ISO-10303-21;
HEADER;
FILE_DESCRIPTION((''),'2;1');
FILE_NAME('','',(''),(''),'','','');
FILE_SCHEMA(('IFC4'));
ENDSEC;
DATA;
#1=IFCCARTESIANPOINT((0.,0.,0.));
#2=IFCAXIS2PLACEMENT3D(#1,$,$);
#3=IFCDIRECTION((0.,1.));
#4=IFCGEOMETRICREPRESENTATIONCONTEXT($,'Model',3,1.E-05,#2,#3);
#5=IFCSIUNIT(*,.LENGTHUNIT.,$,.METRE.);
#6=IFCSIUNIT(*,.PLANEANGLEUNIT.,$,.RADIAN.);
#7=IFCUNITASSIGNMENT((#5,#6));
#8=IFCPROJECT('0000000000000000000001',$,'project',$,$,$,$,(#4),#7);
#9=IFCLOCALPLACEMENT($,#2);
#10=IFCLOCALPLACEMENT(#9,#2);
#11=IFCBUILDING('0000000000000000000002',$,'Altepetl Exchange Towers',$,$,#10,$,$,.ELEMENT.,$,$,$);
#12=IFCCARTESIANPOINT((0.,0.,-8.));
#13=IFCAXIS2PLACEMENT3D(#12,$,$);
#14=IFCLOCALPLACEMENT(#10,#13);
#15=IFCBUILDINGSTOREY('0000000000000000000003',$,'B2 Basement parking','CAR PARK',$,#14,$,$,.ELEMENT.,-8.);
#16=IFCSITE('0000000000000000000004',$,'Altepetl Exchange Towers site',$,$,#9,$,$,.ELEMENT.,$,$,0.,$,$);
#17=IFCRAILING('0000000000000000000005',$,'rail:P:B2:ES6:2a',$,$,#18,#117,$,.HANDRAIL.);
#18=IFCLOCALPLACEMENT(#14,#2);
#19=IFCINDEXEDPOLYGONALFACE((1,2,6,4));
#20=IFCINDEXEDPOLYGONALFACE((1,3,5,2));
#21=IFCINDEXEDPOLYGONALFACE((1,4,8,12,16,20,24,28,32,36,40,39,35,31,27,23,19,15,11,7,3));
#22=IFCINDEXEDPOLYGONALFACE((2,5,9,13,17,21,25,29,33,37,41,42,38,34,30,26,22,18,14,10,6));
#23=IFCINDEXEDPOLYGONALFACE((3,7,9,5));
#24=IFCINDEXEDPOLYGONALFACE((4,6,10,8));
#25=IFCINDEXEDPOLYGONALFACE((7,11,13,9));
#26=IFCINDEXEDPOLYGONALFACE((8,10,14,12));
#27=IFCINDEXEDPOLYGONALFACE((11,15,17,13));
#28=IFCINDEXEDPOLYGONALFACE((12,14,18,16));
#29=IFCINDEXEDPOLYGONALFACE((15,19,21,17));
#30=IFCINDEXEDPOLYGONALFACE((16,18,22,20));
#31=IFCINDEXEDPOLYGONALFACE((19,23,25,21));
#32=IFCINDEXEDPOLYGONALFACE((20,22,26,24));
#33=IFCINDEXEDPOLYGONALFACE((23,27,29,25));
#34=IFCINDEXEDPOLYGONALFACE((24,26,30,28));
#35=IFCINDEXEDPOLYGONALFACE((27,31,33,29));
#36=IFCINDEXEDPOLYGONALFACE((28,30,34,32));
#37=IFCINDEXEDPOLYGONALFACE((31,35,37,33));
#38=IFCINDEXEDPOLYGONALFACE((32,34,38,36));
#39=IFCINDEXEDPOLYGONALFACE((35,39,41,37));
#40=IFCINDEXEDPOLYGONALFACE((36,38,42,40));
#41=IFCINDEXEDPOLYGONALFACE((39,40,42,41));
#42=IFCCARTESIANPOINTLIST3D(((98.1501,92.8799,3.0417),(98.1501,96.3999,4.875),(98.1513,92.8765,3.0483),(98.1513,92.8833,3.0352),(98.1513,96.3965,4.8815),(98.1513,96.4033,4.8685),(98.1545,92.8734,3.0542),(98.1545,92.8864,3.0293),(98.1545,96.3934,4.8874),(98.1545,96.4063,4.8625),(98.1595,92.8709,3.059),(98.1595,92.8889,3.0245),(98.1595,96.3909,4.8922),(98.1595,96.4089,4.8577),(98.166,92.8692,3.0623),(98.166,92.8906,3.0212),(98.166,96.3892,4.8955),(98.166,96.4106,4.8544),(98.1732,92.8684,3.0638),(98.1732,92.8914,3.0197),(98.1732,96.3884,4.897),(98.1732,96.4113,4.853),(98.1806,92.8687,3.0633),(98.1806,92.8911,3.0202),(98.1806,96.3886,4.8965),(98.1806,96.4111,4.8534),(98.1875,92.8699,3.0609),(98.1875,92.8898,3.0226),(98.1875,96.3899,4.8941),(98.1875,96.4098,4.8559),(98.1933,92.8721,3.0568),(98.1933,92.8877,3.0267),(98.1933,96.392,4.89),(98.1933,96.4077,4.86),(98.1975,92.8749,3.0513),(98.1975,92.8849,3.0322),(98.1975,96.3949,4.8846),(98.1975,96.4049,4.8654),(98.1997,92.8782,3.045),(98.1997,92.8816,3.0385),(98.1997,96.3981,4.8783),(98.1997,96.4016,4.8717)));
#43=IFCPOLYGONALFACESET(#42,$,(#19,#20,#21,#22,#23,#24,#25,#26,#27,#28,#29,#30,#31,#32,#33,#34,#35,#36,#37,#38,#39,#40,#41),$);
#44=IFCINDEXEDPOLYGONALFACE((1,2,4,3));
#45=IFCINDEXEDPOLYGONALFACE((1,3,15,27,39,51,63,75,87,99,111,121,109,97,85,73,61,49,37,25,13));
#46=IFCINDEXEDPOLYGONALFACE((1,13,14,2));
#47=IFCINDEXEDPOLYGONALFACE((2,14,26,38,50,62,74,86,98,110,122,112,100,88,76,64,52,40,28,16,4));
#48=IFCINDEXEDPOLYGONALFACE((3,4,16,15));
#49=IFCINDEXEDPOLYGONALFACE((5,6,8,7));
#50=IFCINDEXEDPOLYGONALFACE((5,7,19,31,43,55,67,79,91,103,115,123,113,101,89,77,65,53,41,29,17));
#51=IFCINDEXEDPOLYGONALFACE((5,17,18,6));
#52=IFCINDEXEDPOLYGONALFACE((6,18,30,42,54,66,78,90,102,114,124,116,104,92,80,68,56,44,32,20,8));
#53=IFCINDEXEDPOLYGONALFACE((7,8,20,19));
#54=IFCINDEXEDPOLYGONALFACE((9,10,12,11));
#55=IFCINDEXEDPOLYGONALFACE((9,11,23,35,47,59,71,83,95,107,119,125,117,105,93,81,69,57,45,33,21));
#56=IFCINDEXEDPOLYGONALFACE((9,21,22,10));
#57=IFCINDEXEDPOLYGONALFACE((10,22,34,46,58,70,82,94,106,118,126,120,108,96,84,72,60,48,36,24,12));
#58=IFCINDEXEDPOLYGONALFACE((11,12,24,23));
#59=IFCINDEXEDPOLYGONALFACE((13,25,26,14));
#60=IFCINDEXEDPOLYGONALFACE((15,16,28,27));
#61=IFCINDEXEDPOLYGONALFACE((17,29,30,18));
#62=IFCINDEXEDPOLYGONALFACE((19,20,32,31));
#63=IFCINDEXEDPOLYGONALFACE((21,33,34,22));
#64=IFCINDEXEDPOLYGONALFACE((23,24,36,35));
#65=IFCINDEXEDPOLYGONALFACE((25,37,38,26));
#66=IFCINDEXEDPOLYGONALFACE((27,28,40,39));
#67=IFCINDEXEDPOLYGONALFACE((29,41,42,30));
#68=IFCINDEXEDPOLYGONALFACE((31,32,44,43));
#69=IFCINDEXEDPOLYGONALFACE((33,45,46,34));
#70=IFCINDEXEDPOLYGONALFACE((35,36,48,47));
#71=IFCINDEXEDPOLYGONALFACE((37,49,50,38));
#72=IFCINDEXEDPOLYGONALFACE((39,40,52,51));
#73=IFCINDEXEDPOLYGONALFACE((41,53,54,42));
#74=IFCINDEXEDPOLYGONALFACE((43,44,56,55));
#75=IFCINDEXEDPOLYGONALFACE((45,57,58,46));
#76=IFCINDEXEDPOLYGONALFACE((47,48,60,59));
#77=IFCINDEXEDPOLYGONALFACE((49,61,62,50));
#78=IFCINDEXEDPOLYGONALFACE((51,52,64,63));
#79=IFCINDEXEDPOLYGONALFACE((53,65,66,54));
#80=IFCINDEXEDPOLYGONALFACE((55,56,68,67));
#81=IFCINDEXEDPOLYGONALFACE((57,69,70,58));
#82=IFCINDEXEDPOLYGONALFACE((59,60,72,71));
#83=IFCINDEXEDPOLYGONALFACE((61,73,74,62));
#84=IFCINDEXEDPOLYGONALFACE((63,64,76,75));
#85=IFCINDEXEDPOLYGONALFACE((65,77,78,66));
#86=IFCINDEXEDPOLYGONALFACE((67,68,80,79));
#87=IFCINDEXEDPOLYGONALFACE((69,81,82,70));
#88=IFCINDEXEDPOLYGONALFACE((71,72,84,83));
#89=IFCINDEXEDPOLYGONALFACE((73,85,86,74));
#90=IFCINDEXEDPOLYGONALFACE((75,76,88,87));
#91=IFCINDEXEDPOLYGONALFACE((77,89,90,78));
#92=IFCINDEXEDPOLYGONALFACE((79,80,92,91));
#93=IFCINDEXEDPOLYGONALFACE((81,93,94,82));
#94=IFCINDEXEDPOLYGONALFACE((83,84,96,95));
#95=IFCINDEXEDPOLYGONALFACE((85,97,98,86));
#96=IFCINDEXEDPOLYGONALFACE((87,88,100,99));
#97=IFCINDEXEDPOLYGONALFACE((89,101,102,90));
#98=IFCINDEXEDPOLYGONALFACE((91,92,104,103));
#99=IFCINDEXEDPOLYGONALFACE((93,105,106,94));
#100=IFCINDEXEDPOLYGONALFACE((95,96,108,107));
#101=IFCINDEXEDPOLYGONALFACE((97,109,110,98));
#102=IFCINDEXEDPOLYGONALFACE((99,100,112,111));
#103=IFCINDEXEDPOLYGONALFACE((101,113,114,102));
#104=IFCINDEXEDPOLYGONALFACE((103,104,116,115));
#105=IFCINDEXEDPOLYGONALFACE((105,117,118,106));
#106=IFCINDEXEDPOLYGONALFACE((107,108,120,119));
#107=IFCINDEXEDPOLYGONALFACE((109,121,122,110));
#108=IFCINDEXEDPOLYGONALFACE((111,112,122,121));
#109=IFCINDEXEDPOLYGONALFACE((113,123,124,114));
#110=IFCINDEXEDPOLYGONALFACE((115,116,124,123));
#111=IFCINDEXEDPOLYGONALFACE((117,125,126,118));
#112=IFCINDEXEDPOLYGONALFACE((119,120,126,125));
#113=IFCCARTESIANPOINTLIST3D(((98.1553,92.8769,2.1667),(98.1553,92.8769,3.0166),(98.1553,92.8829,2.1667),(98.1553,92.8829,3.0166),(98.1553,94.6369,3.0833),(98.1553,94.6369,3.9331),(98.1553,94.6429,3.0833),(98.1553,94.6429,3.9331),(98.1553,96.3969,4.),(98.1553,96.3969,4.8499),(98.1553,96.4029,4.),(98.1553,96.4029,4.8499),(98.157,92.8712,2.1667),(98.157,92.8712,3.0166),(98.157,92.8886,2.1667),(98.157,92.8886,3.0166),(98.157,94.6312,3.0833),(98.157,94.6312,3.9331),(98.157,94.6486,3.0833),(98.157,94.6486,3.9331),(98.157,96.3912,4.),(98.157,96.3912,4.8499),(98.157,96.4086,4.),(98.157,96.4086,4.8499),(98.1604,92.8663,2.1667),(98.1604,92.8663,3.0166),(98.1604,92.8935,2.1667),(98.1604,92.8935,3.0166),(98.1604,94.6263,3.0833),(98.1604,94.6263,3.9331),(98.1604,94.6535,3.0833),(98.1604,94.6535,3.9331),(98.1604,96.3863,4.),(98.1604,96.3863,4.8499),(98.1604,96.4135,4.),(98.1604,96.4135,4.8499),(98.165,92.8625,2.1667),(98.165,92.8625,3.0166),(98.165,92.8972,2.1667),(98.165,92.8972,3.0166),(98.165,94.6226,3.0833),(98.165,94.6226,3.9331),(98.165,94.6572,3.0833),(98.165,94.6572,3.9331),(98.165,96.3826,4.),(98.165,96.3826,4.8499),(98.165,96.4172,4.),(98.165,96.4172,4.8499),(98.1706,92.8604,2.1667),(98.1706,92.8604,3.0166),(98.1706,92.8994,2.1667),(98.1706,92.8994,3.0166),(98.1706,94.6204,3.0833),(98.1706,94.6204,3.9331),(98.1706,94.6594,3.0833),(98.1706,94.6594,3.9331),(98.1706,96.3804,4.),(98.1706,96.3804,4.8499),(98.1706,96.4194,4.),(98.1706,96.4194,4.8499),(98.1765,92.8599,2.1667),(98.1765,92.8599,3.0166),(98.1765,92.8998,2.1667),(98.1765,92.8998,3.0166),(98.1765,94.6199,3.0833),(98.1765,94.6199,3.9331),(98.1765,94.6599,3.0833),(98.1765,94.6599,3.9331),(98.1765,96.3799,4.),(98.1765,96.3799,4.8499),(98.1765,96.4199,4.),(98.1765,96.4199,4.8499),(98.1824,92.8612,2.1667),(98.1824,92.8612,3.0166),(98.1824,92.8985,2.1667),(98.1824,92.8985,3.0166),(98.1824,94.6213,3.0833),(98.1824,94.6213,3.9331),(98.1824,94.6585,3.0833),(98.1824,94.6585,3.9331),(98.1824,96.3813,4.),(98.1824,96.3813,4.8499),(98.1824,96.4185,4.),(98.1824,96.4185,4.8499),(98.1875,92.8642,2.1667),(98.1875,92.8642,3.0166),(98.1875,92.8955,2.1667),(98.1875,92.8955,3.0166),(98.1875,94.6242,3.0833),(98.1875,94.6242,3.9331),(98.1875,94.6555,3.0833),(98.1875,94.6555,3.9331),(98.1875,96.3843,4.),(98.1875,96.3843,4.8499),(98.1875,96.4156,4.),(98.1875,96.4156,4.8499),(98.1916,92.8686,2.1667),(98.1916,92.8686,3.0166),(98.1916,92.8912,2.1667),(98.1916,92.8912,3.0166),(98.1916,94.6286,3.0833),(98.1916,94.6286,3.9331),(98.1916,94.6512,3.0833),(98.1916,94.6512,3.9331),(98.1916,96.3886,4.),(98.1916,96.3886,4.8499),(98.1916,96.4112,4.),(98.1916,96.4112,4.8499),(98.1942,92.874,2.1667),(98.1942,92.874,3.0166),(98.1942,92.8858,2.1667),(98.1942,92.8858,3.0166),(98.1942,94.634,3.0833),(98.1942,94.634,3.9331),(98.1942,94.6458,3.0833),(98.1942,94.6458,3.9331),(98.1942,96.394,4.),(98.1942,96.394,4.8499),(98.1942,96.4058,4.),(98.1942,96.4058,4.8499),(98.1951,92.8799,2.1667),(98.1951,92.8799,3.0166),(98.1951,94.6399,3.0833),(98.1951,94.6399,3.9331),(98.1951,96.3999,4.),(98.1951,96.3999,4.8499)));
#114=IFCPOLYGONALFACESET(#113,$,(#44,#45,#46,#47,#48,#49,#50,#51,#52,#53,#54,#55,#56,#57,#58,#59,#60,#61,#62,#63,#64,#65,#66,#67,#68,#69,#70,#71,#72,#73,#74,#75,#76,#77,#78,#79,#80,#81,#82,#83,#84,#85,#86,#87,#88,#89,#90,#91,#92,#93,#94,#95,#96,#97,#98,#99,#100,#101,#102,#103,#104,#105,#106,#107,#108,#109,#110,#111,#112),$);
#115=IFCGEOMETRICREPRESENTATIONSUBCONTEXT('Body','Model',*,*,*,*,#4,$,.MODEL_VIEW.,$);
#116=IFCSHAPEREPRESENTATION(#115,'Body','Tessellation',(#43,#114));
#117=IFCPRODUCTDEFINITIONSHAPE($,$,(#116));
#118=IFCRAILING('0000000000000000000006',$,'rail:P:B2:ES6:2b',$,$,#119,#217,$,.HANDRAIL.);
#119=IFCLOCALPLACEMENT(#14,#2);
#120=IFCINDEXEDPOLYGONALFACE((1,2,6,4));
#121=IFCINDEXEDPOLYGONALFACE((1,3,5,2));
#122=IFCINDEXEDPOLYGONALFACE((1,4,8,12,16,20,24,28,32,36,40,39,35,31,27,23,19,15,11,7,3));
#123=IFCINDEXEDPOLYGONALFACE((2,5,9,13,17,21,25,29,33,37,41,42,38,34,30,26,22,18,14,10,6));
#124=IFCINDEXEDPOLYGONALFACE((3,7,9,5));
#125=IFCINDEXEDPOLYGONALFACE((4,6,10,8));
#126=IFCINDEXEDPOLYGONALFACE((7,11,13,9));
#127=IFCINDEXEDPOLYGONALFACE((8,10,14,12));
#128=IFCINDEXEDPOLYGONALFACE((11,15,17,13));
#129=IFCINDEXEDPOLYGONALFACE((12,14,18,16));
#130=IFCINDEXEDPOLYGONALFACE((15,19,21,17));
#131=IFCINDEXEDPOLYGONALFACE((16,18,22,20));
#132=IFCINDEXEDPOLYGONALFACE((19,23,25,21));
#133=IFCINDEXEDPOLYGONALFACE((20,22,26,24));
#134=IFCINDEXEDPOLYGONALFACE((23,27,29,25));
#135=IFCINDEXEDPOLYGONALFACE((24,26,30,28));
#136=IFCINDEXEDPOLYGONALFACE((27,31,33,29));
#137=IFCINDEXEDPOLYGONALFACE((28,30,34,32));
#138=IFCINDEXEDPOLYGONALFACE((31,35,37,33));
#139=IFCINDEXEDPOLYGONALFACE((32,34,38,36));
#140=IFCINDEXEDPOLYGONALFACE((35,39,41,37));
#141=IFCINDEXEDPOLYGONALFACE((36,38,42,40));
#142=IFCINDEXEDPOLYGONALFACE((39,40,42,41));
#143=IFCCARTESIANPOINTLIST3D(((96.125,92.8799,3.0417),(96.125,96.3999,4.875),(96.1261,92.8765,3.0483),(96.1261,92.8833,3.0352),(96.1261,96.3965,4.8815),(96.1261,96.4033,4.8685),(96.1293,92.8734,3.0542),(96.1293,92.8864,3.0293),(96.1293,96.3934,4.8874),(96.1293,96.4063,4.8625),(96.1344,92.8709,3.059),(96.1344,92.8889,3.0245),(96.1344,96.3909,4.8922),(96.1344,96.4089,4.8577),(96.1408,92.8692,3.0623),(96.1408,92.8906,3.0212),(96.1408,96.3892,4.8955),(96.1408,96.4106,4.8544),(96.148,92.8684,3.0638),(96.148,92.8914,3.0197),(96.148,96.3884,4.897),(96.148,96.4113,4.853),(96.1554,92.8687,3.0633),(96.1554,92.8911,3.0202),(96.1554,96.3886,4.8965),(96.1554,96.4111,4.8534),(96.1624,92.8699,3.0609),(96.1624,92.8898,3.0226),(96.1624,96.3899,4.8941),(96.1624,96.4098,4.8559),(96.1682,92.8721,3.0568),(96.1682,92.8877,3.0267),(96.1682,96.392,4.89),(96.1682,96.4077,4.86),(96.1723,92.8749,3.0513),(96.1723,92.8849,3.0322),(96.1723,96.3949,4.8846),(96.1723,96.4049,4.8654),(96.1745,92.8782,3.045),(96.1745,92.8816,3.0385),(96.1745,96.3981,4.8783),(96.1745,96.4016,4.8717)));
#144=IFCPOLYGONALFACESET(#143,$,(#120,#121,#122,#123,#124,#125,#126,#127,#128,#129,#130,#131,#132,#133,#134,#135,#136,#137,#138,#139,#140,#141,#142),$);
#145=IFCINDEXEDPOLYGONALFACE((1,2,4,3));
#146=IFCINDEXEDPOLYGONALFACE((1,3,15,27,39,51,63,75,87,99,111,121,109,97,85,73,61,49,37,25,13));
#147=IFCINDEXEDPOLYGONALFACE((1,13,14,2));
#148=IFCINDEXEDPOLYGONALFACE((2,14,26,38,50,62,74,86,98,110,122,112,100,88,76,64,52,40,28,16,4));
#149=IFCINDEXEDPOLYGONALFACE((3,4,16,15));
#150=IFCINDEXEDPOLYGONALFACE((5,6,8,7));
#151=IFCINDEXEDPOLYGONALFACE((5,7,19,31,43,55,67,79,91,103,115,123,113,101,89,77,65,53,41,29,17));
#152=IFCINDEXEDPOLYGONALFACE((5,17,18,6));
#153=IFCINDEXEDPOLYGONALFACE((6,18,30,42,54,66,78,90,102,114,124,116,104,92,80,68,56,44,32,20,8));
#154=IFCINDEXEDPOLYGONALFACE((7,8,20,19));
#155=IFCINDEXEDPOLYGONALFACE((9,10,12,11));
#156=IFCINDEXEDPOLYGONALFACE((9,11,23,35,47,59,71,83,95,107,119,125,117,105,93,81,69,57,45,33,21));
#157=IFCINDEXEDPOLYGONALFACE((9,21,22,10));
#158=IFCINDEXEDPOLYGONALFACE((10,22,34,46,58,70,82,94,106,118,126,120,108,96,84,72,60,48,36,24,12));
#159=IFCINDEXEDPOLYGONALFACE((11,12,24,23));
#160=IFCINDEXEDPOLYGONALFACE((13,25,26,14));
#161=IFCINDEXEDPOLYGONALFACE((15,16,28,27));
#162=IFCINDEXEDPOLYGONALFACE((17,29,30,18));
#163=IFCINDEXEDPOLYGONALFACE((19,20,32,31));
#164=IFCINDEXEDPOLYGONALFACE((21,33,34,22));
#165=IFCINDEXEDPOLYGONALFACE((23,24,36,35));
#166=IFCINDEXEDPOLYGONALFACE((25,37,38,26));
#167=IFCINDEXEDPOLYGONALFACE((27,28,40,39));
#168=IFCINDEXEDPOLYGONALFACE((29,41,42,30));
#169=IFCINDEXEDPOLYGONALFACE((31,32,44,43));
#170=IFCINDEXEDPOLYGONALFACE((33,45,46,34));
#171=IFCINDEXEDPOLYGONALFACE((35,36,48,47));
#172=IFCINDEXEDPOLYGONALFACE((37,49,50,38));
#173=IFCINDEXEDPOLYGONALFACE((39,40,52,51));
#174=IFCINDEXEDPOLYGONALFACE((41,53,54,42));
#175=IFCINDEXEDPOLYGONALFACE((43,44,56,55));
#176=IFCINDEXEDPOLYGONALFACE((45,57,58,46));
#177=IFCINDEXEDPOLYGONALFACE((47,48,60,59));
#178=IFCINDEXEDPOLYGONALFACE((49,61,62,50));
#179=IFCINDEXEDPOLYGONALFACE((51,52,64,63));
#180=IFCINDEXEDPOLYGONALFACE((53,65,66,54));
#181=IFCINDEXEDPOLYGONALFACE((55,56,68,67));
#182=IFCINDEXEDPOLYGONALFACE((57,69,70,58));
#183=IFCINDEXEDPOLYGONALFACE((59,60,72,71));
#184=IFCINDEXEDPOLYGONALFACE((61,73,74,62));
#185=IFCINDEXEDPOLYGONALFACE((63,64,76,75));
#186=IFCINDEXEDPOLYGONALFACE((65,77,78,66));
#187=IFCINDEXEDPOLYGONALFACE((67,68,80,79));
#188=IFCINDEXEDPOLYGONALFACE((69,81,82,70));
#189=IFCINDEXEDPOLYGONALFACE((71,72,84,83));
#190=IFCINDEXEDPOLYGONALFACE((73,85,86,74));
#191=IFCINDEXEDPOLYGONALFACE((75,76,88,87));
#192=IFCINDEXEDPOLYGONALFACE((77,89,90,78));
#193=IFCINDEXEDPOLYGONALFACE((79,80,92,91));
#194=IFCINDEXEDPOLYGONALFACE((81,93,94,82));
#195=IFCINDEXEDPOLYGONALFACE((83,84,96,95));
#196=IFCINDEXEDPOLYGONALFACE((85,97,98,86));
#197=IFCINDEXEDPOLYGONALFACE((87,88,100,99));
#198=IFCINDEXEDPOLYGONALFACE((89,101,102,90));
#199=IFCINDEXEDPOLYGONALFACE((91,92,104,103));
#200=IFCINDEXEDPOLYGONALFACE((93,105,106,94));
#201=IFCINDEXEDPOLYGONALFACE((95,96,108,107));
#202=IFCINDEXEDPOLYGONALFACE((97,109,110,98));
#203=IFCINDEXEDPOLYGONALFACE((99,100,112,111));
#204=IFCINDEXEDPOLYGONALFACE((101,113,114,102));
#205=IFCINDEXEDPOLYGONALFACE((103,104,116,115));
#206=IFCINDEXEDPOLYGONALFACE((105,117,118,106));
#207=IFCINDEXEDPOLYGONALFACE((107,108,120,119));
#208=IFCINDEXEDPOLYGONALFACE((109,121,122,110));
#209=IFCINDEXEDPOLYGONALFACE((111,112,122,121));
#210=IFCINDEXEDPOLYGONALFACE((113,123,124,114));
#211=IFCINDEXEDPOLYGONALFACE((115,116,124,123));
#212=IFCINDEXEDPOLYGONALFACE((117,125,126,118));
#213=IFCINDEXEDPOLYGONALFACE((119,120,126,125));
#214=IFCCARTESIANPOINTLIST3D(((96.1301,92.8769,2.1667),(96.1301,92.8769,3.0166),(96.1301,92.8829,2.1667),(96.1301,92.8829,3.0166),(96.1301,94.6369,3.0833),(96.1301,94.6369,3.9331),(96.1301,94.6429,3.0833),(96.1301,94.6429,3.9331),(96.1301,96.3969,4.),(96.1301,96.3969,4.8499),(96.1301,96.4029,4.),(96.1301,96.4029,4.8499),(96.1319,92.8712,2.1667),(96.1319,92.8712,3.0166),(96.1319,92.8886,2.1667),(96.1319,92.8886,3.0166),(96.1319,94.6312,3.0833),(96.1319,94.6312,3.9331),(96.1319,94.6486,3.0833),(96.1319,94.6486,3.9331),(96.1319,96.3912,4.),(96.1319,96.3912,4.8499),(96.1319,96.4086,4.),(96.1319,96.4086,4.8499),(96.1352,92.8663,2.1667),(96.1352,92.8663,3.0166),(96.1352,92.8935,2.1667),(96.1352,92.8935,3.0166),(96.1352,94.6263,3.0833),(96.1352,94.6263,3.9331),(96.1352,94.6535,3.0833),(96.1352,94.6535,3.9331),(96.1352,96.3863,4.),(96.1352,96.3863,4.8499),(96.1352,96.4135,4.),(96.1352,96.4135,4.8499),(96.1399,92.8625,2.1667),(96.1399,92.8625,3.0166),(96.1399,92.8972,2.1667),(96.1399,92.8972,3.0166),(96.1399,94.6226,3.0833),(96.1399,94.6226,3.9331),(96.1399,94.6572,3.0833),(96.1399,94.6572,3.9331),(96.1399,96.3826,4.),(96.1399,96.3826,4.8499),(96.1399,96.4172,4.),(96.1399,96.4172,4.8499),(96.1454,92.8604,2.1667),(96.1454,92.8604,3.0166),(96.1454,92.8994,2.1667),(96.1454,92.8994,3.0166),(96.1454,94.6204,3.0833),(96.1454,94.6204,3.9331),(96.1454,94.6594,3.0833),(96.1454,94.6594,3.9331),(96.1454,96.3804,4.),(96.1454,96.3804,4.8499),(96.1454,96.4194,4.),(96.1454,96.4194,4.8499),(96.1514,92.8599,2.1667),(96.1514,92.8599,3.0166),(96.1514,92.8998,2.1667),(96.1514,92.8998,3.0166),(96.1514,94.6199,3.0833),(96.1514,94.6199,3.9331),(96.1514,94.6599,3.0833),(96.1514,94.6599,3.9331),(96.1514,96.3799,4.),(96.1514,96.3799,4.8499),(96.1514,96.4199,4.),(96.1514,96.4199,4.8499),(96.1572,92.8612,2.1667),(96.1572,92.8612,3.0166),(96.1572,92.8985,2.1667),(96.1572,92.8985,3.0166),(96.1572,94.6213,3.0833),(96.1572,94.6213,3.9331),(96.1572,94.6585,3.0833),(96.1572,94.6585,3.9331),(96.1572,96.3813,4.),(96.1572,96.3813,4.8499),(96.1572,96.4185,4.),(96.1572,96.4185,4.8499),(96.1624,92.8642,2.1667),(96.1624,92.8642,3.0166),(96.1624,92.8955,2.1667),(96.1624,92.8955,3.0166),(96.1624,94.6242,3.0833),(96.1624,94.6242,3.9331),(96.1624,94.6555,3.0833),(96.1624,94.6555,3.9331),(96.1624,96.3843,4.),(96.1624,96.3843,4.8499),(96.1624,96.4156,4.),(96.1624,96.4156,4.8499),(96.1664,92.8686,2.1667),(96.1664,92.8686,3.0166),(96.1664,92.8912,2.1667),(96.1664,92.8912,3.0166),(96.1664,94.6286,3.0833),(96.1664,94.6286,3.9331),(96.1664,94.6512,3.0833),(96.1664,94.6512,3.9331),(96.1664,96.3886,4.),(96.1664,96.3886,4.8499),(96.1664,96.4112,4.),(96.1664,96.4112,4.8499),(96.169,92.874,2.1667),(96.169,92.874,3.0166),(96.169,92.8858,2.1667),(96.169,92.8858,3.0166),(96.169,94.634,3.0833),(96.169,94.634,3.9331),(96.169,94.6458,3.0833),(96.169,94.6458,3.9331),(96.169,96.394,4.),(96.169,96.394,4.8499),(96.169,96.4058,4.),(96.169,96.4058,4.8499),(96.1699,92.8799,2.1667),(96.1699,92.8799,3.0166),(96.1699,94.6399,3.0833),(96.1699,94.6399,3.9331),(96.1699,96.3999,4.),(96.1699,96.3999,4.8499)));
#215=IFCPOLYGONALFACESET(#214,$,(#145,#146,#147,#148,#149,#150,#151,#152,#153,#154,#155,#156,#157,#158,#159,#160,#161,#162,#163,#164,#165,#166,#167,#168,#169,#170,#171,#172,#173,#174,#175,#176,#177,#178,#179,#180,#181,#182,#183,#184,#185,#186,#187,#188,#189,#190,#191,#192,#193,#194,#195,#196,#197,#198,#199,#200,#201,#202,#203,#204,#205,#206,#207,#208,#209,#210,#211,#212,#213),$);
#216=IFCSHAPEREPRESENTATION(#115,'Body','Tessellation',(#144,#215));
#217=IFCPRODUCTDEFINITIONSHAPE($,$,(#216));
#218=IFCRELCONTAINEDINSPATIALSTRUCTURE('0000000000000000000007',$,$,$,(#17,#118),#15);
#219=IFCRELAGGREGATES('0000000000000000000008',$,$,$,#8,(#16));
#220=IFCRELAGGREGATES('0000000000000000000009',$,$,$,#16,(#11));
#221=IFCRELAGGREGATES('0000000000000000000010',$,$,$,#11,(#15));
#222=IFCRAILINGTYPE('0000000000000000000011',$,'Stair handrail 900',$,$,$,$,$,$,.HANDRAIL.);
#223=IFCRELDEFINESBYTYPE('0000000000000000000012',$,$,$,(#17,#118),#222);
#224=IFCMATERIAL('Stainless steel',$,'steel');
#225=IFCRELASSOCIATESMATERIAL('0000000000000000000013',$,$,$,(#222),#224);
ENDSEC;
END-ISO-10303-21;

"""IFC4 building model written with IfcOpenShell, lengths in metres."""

from ifc_helpers import new_model, si_unit, direction, frame, origin, origin_2d, place, context, subcontext, project, spatial, circle, extrude, source, transform, mapped, material, type_object, element, save


model = new_model("IFC4")

# Units and contexts
model_context = context("Model", 3, precision=1e-05, world=origin(), true_north=direction((0.0, 1.0)))
body_context = subcontext(model_context, "Body", "Model", "MODEL_VIEW")
ifc_project = project(units=[si_unit("LENGTHUNIT", "METRE"), si_unit("PLANEANGLEUNIT", "RADIAN")], contexts=[model_context])

# Site, building, storey
site_placement = place(None, origin())
site = spatial("IfcSite", under=ifc_project, at=site_placement, Name="Altepetl Exchange Towers site", CompositionType="ELEMENT", RefElevation=0.0)
building_placement = place(site_placement, origin())
building = spatial("IfcBuilding", under=site, at=building_placement, Name="Altepetl Exchange Towers", CompositionType="ELEMENT")
storey_placement = place(building_placement, frame((0.0, 0.0, -8.0)))
storey = spatial("IfcBuildingStorey", under=building, at=storey_placement, Name="B2 Basement parking", Description="CAR PARK", CompositionType="ELEMENT", Elevation=-8.0)

# Railings
ifc_material_1 = material(Name="Stainless steel", Category="steel")
railing_type_1 = type_object("IfcRailingType", Name="Stair handrail 900", PredefinedType="HANDRAIL", material=ifc_material_1)
shared_shape_1 = source(origin(), body_context, "Body", "SweptSolid", [
    extrude(circle(Radius=0.02, at=origin_2d()), origin(), (0.0, 0.0, 1.0), 0.8499),
])
for number, where, name in (
    (1, (98.175, 92.8799, 2.1667), "rail:P:B2:ES6:2a"),
    (2, (96.1499, 92.8799, 2.1667), "rail:P:B2:ES6:2b"),
):
    element("IfcRailing", number, at=place(storey_placement, frame(where)), inside=storey, type_object=railing_type_1, Name=name, PredefinedType="HANDRAIL", context=body_context, shape_type="SweptSolid", body=[
        extrude(circle(Radius=0.0249, at=origin_2d()), frame((0.0, 0.0, 0.875), z_axis=(0.0, 0.886924, 0.461916), x_axis=(-1.0, 0.0, 0.0)), (0.0, 0.0, 1.0), 3.9688),
        mapped(shared_shape_1, transform((0.0, 0.0, 0.0))),
        mapped(shared_shape_1, transform((0.0, 1.76, 0.9165))),
        mapped(shared_shape_1, transform((0.0, 3.52, 1.8333))),
    ])

save(model, "model.ifc")
